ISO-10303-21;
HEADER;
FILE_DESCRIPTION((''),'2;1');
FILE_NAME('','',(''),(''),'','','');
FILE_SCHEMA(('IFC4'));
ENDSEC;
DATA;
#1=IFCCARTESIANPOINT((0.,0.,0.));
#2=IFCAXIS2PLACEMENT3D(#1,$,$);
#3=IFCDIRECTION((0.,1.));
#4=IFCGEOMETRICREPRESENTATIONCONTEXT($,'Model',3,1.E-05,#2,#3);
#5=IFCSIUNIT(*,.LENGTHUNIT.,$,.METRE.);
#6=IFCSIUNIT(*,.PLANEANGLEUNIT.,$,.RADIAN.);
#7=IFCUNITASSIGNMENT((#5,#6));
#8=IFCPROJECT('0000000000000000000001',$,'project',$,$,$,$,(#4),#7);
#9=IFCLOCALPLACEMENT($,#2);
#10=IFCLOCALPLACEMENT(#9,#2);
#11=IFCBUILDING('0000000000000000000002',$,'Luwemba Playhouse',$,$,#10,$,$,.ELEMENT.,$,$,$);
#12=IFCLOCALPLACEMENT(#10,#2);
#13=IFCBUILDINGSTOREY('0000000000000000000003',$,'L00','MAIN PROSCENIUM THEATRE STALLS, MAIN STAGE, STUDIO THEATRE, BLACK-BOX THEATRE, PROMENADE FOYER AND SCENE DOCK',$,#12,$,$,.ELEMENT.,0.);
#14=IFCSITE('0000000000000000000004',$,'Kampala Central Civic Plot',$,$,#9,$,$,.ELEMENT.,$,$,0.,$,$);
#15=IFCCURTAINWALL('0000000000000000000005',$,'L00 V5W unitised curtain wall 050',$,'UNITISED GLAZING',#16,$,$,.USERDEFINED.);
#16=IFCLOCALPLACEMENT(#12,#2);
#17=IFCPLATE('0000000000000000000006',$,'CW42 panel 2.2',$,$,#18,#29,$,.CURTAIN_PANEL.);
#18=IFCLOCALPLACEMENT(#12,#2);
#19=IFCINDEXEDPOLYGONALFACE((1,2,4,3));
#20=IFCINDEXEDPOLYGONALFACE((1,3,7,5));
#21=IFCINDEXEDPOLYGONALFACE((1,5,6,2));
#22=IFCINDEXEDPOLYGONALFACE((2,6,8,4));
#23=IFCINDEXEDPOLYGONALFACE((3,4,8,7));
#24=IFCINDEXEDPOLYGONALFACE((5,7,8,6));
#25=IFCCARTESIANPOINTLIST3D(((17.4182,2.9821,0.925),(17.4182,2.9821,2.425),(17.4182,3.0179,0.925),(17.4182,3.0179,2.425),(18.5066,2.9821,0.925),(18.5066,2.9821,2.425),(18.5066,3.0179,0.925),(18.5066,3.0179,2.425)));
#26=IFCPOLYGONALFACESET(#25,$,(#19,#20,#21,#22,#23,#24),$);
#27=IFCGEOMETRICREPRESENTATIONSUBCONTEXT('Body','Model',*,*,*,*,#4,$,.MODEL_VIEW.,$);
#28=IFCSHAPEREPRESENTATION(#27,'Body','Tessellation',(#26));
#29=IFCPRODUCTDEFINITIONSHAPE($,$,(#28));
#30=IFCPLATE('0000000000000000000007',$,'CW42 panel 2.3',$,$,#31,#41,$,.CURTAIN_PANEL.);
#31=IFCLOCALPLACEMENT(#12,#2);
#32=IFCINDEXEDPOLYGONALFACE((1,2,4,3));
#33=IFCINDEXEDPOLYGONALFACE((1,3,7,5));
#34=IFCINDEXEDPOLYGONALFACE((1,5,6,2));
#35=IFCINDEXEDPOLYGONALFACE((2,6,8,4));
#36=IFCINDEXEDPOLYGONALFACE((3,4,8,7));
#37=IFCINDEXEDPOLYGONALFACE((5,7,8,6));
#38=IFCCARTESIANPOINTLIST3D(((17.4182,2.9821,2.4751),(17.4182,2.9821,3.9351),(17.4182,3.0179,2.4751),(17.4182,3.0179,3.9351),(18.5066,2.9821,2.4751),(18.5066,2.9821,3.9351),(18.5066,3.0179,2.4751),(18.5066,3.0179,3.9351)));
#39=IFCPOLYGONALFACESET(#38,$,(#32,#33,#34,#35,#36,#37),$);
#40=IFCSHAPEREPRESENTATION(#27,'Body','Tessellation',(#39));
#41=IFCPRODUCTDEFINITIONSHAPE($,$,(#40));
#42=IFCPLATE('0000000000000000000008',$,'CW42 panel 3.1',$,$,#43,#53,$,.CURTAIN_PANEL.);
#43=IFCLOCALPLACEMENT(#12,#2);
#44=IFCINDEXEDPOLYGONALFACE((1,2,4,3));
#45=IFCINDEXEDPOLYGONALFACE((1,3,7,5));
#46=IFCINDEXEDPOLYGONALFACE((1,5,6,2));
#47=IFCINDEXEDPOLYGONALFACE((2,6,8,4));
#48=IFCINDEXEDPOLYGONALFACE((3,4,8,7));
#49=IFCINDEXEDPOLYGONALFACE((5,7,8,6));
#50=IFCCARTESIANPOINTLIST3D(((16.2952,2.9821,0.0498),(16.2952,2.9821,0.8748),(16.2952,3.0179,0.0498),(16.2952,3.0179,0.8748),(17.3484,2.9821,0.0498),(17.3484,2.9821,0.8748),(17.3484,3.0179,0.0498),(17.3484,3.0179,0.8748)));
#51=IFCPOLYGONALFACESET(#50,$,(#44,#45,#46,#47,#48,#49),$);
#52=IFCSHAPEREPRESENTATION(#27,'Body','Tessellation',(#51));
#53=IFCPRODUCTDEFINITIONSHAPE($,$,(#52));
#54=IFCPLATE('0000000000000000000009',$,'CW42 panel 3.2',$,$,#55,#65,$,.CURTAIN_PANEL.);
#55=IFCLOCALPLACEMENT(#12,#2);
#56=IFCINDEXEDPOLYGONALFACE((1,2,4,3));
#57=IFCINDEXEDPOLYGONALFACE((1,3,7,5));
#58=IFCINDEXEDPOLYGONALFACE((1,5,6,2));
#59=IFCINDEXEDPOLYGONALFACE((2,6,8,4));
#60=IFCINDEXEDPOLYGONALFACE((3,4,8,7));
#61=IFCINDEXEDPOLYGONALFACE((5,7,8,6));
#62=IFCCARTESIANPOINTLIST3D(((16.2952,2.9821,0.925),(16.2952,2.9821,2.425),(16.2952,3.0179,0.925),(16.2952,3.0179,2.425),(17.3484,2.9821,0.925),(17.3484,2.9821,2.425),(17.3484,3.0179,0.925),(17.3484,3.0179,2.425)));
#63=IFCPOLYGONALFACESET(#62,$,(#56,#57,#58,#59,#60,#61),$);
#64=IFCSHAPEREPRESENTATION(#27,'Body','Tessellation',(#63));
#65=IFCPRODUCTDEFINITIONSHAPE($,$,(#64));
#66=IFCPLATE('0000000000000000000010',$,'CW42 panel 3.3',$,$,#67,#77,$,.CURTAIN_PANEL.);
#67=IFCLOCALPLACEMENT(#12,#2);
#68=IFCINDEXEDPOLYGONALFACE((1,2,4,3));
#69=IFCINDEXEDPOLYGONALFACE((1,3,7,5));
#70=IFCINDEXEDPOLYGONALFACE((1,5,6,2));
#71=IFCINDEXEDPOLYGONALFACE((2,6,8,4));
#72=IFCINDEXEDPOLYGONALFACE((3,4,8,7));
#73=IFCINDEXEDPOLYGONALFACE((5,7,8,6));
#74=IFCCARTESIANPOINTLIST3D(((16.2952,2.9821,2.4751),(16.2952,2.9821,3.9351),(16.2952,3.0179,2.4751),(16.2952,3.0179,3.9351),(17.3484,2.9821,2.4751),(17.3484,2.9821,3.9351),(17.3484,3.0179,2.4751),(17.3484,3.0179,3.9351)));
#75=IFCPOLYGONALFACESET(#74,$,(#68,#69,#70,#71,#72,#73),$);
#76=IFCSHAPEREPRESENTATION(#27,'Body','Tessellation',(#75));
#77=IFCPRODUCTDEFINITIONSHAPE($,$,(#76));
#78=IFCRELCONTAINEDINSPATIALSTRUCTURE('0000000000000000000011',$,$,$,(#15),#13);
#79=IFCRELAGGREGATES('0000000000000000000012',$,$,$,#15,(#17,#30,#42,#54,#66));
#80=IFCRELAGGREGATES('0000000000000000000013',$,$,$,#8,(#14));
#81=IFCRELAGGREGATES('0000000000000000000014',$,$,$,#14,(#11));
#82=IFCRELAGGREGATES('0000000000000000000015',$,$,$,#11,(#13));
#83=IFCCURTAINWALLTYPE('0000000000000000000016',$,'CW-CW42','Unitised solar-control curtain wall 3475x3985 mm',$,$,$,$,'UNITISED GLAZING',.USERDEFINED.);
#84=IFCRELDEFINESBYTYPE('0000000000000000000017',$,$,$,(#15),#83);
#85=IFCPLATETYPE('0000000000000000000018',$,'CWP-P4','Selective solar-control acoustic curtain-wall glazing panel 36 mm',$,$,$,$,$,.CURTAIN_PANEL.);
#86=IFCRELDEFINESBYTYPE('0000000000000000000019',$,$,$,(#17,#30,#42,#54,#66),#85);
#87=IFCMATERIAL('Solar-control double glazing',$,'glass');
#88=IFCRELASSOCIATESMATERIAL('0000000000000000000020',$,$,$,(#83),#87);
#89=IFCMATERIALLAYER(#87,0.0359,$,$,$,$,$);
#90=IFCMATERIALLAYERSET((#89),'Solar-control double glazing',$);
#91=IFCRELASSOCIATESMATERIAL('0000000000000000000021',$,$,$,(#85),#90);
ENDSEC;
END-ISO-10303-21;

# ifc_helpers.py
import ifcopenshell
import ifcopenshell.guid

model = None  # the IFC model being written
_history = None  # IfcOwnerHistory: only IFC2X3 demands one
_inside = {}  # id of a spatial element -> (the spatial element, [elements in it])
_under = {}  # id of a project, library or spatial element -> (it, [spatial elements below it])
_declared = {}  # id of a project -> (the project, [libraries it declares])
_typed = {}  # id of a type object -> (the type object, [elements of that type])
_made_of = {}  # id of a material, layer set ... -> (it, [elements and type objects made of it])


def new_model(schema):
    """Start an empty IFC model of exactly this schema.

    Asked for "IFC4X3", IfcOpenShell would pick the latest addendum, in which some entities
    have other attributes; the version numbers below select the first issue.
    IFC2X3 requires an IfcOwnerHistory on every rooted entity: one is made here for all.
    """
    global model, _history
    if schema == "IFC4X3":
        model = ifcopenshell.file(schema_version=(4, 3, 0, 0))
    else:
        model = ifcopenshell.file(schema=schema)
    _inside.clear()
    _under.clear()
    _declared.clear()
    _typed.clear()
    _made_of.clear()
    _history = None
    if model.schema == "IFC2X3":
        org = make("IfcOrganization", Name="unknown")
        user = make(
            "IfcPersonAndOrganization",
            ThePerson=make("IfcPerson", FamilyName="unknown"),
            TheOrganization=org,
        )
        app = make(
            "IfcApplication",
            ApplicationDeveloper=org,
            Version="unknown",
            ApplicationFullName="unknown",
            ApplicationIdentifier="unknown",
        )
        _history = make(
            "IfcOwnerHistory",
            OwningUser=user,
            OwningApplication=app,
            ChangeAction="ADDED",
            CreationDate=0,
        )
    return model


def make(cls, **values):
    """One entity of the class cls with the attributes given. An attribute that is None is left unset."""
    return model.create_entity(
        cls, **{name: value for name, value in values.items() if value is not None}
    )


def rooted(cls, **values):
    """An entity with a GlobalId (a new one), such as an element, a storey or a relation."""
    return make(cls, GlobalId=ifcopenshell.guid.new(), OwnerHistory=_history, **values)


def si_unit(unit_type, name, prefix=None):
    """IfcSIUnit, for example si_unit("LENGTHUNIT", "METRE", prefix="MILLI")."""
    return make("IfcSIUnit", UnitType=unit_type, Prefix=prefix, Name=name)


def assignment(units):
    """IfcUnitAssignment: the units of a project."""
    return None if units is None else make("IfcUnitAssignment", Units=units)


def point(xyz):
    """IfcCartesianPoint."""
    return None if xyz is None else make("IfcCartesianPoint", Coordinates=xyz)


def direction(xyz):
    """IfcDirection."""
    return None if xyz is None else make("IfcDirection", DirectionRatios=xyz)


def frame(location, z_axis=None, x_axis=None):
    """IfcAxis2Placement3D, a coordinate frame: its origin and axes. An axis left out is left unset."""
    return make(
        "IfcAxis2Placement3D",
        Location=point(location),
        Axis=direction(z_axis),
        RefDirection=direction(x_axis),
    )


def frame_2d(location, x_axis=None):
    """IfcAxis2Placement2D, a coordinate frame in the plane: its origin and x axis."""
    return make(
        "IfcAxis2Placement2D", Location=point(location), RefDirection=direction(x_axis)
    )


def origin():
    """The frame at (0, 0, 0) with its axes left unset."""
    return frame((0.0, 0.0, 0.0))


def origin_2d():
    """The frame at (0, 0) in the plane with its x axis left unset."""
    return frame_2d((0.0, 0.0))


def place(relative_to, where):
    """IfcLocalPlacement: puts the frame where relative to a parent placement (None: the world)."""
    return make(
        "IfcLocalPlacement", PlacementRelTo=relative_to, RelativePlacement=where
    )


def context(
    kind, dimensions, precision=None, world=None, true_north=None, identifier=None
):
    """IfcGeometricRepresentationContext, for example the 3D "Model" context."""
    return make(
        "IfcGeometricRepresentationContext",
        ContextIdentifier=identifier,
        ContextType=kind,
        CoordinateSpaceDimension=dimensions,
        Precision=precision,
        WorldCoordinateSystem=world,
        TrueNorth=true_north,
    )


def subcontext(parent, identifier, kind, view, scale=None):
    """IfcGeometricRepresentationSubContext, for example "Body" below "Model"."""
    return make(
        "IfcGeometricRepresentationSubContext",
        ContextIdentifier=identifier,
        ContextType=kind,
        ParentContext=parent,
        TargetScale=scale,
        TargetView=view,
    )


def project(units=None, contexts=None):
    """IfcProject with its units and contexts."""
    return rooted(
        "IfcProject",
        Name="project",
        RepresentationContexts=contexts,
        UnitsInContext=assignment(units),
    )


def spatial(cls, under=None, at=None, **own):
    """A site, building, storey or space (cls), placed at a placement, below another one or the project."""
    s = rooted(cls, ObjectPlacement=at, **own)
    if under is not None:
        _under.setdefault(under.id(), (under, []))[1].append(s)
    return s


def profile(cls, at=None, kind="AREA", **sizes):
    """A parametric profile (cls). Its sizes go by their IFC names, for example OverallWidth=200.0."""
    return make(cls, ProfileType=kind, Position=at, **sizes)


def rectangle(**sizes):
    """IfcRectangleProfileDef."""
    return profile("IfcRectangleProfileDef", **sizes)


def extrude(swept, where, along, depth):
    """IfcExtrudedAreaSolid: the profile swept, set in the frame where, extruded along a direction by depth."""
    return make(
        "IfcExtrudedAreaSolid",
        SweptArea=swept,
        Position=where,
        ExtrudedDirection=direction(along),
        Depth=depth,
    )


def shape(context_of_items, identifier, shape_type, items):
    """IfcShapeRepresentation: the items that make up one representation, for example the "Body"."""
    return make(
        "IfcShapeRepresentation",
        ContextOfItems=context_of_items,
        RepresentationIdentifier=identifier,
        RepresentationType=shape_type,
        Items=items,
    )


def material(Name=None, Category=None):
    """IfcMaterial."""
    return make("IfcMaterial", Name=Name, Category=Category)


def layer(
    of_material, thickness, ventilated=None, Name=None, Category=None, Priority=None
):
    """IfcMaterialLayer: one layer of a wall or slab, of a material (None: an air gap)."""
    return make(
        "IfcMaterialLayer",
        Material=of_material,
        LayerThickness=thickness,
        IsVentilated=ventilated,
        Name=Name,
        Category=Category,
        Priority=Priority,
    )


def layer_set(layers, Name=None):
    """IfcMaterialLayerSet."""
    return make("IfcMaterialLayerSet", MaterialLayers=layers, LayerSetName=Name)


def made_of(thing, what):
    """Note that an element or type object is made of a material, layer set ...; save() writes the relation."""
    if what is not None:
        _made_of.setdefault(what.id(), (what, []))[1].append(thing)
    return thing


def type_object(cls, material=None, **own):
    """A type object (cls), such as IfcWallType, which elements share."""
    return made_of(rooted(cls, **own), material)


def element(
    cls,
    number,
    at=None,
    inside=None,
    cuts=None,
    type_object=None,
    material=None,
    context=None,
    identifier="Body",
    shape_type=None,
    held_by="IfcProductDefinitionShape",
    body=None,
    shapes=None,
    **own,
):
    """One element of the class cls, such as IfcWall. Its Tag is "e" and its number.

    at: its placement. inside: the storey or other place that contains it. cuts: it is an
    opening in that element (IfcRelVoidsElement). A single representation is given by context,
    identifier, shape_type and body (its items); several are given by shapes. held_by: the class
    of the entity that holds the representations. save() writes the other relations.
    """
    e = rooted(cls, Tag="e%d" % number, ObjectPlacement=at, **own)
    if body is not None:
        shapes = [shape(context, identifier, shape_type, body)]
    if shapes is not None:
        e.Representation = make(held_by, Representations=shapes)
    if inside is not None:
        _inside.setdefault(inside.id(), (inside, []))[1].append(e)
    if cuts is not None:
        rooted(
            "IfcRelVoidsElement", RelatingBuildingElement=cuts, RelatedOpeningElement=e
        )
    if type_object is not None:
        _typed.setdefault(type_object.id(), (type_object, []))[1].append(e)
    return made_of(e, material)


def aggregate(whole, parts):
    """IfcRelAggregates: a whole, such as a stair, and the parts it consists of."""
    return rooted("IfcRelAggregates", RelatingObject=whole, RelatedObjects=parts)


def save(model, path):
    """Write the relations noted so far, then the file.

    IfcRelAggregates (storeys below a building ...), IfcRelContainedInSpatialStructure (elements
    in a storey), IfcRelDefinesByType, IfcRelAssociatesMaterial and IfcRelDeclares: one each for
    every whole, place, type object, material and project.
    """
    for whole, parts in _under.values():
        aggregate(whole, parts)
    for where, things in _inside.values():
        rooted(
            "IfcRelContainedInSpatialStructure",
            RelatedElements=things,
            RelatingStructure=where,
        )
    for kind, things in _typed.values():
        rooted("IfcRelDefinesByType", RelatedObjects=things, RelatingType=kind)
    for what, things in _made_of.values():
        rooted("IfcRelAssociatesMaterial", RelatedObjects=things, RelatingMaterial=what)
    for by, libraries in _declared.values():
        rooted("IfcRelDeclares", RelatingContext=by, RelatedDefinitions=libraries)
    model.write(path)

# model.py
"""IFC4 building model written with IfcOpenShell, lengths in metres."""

from ifc_helpers import new_model, si_unit, direction, frame, origin, origin_2d, place, context, subcontext, project, spatial, rectangle, extrude, material, layer, layer_set, type_object, element, aggregate, save


model = new_model("IFC4")

# Units and contexts
model_context = context("Model", 3, precision=1e-05, world=origin(), true_north=direction((0.0, 1.0)))
body_context = subcontext(model_context, "Body", "Model", "MODEL_VIEW")
ifc_project = project(units=[si_unit("LENGTHUNIT", "METRE"), si_unit("PLANEANGLEUNIT", "RADIAN")], contexts=[model_context])

# Site, building, storey
site_placement = place(None, origin())
site = spatial("IfcSite", under=ifc_project, at=site_placement, Name="Kampala Central Civic Plot", CompositionType="ELEMENT", RefElevation=0.0)
building_placement = place(site_placement, origin())
building = spatial("IfcBuilding", under=site, at=building_placement, Name="Luwemba Playhouse", CompositionType="ELEMENT")
storey_placement = place(building_placement, origin())
storey = spatial("IfcBuildingStorey", under=building, at=storey_placement, Name="L00", Description="MAIN PROSCENIUM THEATRE STALLS, MAIN STAGE, STUDIO THEATRE, BLACK-BOX THEATRE, PROMENADE FOYER AND SCENE DOCK", CompositionType="ELEMENT", Elevation=0.0)

# Shared definitions
ifc_material_1 = material(Name="Solar-control double glazing", Category="glass")

# Curtain wall
curtain_wall_type_1 = type_object("IfcCurtainWallType", Name="CW-CW42", Description="Unitised solar-control curtain wall 3475x3985 mm", ElementType="UNITISED GLAZING", PredefinedType="USERDEFINED", material=ifc_material_1)
curtain_wall_1_placement = place(storey_placement, origin())
curtain_wall_1 = element("IfcCurtainWall", 1, at=curtain_wall_1_placement, inside=storey, type_object=curtain_wall_type_1, Name="L00 V5W unitised curtain wall 050", ObjectType="UNITISED GLAZING", PredefinedType="USERDEFINED")

# Plates
ifc_layer = layer(ifc_material_1, 0.0359)
ifc_layer_set = layer_set([ifc_layer], Name="Solar-control double glazing")
plate_type = type_object("IfcPlateType", Name="CWP-P4", Description="Selective solar-control acoustic curtain-wall glazing panel 36 mm", PredefinedType="CURTAIN_PANEL", material=ifc_layer_set)
plate_1_placement = place(storey_placement, frame((17.9624, 3.0, 0.925), z_axis=(0.0, 0.0, 1.0), x_axis=(-1.0, 0.0, 0.0)))
plate_1 = element("IfcPlate", 2, at=plate_1_placement, type_object=plate_type, Name="CW42 panel 2.2", PredefinedType="CURTAIN_PANEL", context=body_context, shape_type="SweptSolid", body=[
    extrude(rectangle(XDim=1.0884, YDim=0.0359, at=origin_2d()), origin(), (0.0, 0.0, 1.0), 1.5),
])
plate_2_placement = place(storey_placement, frame((17.9624, 3.0, 2.4751), z_axis=(0.0, 0.0, 1.0), x_axis=(-1.0, 0.0, 0.0)))
plate_2 = element("IfcPlate", 3, at=plate_2_placement, type_object=plate_type, Name="CW42 panel 2.3", PredefinedType="CURTAIN_PANEL", context=body_context, shape_type="SweptSolid", body=[
    extrude(rectangle(XDim=1.0884, YDim=0.0359, at=origin_2d()), origin(), (0.0, 0.0, 1.0), 1.46),
])
plate_3_placement = place(storey_placement, frame((16.8218, 3.0, 0.0498), z_axis=(0.0, 0.0, 1.0), x_axis=(-1.0, 0.0, 0.0)))
plate_3 = element("IfcPlate", 4, at=plate_3_placement, type_object=plate_type, Name="CW42 panel 3.1", PredefinedType="CURTAIN_PANEL", context=body_context, shape_type="SweptSolid", body=[
    extrude(rectangle(XDim=1.0532, YDim=0.0359, at=origin_2d()), origin(), (0.0, 0.0, 1.0), 0.825),
])
plate_4_placement = place(storey_placement, frame((16.8218, 3.0, 0.925), z_axis=(0.0, 0.0, 1.0), x_axis=(-1.0, 0.0, 0.0)))
plate_4 = element("IfcPlate", 5, at=plate_4_placement, type_object=plate_type, Name="CW42 panel 3.2", PredefinedType="CURTAIN_PANEL", context=body_context, shape_type="SweptSolid", body=[
    extrude(rectangle(XDim=1.0532, YDim=0.0359, at=origin_2d()), origin(), (0.0, 0.0, 1.0), 1.5),
])
plate_5_placement = place(storey_placement, frame((16.8218, 3.0, 2.4751), z_axis=(0.0, 0.0, 1.0), x_axis=(-1.0, 0.0, 0.0)))
plate_5 = element("IfcPlate", 6, at=plate_5_placement, type_object=plate_type, Name="CW42 panel 3.3", PredefinedType="CURTAIN_PANEL", context=body_context, shape_type="SweptSolid", body=[
    extrude(rectangle(XDim=1.0532, YDim=0.0359, at=origin_2d()), origin(), (0.0, 0.0, 1.0), 1.46),
])
aggregate(curtain_wall_1, [plate_1, plate_2, plate_3, plate_4, plate_5])

save(model, "model.ifc")
